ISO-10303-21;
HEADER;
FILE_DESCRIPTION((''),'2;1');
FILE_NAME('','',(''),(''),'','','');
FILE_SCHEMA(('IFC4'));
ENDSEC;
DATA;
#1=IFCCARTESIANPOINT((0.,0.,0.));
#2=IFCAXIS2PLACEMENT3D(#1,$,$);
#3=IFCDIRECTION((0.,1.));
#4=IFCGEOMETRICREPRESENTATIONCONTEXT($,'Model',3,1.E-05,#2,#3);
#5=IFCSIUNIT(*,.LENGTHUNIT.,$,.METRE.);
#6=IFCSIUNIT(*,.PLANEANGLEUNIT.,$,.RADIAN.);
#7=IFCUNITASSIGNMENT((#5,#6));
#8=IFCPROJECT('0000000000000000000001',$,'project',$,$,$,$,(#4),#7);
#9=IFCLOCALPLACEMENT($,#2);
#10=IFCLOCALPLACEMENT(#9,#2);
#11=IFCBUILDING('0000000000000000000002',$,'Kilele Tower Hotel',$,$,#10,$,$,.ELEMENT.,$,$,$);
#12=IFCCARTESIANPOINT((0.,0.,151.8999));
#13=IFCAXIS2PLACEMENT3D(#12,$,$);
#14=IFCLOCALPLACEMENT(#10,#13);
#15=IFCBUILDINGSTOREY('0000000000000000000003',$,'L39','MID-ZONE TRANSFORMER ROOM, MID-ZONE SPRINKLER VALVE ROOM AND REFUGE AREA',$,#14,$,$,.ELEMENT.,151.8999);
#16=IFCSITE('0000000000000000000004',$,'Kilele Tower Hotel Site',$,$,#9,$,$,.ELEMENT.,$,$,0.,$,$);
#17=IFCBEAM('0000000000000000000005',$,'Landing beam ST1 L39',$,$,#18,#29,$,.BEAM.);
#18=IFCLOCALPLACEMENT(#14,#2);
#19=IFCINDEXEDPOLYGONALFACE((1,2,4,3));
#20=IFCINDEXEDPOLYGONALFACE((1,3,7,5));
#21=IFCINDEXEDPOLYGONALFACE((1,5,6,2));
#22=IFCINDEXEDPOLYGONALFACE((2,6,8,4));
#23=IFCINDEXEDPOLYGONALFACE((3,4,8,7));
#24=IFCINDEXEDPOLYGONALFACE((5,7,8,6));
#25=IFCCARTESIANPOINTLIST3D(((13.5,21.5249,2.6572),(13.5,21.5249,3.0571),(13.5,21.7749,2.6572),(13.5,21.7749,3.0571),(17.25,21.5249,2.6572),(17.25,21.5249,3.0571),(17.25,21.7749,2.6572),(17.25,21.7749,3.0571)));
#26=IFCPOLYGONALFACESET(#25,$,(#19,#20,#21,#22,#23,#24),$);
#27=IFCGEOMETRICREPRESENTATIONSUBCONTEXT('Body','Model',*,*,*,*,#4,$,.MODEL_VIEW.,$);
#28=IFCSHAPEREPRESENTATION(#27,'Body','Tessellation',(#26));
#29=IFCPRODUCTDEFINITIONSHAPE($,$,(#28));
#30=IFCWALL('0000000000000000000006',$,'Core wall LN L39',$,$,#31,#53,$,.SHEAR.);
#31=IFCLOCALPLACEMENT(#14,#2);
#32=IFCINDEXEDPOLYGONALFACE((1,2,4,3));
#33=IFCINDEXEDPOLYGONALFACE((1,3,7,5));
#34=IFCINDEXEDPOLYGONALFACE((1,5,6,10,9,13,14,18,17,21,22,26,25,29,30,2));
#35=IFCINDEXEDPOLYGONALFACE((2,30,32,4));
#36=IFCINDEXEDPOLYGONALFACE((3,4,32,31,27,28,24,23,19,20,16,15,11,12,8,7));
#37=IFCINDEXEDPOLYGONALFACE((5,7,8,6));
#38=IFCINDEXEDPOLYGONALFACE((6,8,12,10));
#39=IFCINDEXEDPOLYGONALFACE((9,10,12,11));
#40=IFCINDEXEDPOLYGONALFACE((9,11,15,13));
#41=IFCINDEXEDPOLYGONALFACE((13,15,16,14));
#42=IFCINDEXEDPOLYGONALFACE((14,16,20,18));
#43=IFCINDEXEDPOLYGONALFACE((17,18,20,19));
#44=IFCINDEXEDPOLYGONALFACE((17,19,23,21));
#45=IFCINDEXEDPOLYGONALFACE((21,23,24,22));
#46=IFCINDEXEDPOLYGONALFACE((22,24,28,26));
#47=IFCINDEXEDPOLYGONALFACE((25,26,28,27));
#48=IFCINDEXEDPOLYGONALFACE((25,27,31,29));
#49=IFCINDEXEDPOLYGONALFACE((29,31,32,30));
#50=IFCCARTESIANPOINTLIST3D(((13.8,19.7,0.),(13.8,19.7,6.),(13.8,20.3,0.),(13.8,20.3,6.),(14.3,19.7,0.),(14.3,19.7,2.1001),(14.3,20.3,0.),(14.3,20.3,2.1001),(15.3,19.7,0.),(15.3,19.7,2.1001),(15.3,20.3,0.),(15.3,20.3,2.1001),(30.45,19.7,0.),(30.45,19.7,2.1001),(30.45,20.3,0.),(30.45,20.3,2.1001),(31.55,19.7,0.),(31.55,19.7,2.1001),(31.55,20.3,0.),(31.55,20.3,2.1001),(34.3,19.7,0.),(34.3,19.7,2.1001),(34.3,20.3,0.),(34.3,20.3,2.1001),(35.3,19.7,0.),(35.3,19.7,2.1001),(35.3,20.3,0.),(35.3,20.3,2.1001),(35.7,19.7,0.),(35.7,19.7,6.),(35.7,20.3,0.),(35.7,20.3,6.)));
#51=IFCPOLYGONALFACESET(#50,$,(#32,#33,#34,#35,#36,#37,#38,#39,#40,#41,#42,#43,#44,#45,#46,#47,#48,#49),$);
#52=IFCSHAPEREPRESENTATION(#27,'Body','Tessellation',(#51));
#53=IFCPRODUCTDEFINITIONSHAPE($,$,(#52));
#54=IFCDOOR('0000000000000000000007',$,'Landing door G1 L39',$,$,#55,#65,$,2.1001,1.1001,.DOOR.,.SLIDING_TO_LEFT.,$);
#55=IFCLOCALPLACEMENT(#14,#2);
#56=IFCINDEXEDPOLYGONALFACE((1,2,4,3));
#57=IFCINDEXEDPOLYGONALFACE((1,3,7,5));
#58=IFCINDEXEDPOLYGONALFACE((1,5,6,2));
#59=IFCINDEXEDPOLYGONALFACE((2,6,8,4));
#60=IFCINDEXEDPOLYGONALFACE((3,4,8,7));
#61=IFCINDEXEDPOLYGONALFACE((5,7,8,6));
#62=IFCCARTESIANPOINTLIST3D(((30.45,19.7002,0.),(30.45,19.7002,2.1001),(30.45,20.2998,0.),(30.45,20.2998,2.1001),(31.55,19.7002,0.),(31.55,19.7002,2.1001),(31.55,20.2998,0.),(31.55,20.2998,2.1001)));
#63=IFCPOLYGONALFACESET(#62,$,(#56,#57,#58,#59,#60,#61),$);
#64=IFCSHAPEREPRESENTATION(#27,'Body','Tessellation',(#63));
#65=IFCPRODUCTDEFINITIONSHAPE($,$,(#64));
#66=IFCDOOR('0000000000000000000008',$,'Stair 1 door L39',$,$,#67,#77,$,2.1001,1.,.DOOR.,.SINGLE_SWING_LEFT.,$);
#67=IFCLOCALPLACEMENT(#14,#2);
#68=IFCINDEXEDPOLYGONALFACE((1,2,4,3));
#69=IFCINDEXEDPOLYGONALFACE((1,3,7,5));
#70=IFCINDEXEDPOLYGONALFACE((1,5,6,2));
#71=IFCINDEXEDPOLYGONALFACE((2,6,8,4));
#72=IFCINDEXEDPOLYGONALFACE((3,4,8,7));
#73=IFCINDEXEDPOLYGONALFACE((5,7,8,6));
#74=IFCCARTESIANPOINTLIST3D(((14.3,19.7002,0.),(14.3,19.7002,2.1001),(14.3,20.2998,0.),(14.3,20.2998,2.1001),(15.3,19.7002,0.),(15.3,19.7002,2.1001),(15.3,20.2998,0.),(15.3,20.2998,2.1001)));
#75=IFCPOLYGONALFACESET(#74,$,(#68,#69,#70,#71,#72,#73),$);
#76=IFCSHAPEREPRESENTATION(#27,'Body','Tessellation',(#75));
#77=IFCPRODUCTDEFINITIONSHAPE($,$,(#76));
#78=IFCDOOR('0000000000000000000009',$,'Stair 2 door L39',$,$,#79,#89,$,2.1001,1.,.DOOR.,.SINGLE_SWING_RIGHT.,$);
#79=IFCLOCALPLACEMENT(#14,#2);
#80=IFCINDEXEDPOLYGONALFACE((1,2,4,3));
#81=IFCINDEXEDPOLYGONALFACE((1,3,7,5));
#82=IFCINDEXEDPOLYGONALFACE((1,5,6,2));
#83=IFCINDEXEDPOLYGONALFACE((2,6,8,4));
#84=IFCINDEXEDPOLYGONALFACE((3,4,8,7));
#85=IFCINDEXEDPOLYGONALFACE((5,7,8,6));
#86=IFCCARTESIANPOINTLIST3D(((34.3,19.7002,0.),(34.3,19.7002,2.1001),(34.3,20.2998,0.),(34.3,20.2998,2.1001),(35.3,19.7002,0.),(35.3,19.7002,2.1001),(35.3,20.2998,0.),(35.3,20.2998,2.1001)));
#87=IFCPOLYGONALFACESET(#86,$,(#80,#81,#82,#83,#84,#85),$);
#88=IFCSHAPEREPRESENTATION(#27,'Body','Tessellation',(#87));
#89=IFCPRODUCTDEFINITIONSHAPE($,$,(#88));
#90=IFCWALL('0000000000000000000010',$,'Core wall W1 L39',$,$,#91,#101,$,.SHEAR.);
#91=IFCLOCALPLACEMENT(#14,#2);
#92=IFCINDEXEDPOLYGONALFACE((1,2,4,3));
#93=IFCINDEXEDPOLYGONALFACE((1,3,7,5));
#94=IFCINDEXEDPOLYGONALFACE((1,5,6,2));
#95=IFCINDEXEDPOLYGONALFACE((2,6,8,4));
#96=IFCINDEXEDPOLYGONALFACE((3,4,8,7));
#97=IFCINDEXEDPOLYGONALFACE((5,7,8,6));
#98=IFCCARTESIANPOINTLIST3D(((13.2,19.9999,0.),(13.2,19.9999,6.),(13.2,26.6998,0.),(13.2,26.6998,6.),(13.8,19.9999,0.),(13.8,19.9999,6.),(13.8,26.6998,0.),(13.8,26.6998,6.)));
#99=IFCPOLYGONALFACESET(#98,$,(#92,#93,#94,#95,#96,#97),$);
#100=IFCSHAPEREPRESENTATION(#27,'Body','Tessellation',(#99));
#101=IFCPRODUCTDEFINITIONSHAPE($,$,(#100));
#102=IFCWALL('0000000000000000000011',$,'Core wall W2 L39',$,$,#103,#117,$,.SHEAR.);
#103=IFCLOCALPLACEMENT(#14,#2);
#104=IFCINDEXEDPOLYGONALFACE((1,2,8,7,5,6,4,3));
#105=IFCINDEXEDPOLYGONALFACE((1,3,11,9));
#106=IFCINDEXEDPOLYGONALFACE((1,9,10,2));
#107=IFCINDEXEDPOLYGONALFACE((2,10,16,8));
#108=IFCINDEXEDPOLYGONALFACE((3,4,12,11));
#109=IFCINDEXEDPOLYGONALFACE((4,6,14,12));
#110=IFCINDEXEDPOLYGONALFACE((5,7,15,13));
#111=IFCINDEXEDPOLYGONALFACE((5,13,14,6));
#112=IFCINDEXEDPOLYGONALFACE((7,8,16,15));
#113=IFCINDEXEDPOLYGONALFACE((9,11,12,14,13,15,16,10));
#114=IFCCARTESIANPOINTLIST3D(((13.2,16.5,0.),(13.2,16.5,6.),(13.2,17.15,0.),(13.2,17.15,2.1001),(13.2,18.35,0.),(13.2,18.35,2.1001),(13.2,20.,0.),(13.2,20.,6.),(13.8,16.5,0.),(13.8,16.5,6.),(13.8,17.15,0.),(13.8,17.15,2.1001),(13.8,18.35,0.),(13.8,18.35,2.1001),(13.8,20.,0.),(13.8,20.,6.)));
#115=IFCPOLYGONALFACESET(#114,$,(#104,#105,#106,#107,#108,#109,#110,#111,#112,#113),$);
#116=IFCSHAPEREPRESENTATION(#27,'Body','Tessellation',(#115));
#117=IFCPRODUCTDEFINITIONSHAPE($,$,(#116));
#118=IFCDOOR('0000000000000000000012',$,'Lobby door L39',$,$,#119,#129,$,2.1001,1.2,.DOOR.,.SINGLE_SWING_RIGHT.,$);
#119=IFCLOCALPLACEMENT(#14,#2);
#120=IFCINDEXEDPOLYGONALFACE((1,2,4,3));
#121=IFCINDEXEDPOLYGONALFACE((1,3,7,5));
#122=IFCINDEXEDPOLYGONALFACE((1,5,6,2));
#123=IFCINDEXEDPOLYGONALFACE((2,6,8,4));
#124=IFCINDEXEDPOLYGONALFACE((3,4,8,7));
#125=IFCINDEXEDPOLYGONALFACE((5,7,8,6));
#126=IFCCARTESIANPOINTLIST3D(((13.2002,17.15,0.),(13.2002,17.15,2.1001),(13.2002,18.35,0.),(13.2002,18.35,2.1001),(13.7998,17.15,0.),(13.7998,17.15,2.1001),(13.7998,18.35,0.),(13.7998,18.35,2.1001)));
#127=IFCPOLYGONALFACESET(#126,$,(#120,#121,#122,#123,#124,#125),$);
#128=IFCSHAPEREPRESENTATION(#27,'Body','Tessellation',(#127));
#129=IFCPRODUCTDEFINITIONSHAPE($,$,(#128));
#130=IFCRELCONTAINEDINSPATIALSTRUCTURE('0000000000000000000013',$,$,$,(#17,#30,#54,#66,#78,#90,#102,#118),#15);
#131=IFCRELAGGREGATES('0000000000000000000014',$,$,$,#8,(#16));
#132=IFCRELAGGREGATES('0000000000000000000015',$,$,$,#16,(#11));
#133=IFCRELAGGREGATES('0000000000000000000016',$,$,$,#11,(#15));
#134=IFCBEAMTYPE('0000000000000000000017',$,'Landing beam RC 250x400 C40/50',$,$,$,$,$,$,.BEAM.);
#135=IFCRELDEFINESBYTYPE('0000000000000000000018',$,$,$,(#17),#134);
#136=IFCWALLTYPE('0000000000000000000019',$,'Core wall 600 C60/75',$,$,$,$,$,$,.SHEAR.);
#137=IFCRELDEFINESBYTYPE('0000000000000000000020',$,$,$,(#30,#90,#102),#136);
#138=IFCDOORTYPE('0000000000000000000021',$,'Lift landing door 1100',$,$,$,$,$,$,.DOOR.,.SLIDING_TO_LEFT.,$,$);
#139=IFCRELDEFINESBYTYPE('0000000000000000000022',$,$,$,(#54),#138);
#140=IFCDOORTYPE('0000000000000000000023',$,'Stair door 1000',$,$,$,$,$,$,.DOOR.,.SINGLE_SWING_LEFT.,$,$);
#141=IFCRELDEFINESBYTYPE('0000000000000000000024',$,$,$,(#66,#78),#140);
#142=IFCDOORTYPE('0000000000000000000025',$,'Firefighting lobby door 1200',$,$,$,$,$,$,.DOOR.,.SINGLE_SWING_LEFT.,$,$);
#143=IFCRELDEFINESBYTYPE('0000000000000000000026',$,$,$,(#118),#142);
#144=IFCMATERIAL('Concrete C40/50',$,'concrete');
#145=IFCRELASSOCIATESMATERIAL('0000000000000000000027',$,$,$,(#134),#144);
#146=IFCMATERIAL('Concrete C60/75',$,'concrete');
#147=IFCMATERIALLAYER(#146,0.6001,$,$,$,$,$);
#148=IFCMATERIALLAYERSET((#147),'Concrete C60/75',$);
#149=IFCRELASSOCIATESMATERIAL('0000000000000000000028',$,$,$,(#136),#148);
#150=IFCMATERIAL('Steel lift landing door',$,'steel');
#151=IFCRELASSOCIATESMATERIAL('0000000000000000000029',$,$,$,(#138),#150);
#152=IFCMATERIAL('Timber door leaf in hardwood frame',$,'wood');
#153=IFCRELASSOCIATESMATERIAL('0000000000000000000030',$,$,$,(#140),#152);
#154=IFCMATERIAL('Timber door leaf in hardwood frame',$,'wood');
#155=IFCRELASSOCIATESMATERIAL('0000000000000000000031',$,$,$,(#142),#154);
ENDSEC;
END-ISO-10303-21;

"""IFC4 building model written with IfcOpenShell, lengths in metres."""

from ifc_helpers import new_model, si_unit, direction, frame, frame_2d, origin, origin_2d, place, context, subcontext, project, spatial, rectangle, extrude, material, layer, layer_set, material_profile, profile_set, type_object, element, fill, save


model = new_model("IFC4")

# Units and contexts
model_context = context("Model", 3, precision=1e-05, world=origin(), true_north=direction((0.0, 1.0)))
body_context = subcontext(model_context, "Body", "Model", "MODEL_VIEW")
ifc_project = project(units=[si_unit("LENGTHUNIT", "METRE"), si_unit("PLANEANGLEUNIT", "RADIAN")], contexts=[model_context])

# Site, building, storey
site_placement = place(None, origin())
site = spatial("IfcSite", under=ifc_project, at=site_placement, Name="Kilele Tower Hotel Site", CompositionType="ELEMENT", RefElevation=0.0)
building_placement = place(site_placement, origin())
building = spatial("IfcBuilding", under=site, at=building_placement, Name="Kilele Tower Hotel", CompositionType="ELEMENT")
storey_placement = place(building_placement, frame((0.0, 0.0, 151.8999)))
storey = spatial("IfcBuildingStorey", under=building, at=storey_placement, Name="L39", Description="MID-ZONE TRANSFORMER ROOM, MID-ZONE SPRINKLER VALVE ROOM AND REFUGE AREA", CompositionType="ELEMENT", Elevation=151.8999)

# Beam
ifc_material_1 = material(Name="Concrete C40/50", Category="concrete")
ifc_material_profile = material_profile(ifc_material_1, rectangle(XDim=0.25, YDim=0.3999, at=origin_2d()))
ifc_profile_set = profile_set([ifc_material_profile], Name="Concrete C40/50")
beam_type = type_object("IfcBeamType", Name="Landing beam RC 250x400 C40/50", PredefinedType="BEAM", material=ifc_profile_set)
beam_placement = place(storey_placement, frame((13.5, 21.6499, 2.8572), z_axis=(1.0, 0.0, 0.0), x_axis=(0.0, 1.0, 0.0)))
element("IfcBeam", 1, at=beam_placement, inside=storey, type_object=beam_type, Name="Landing beam ST1 L39", PredefinedType="BEAM", context=body_context, shape_type="SweptSolid", body=[
    extrude(rectangle(XDim=0.25, YDim=0.3999, at=origin_2d()), origin(), (0.0, 0.0, 1.0), 3.75),
])

# Wall, openings, doors
ifc_material_2 = material(Name="Concrete C60/75", Category="concrete")
ifc_layer_1 = layer(ifc_material_2, 0.6001)
ifc_layer_set_1 = layer_set([ifc_layer_1], Name="Concrete C60/75")
wall_type_1 = type_object("IfcWallType", Name="Core wall 600 C60/75", PredefinedType="SHEAR", material=ifc_layer_set_1)
wall_1_placement = place(storey_placement, frame((13.8, 20.0, 0.0), z_axis=(0.0, 0.0, 1.0), x_axis=(1.0, 0.0, 0.0)))
wall_1 = element("IfcWall", 2, at=wall_1_placement, inside=storey, type_object=wall_type_1, Name="Core wall LN L39", PredefinedType="SHEAR", context=body_context, shape_type="SweptSolid", body=[
    extrude(rectangle(XDim=21.8999, YDim=0.6001, at=frame_2d((10.95, 0.0))), origin(), (0.0, 0.0, 1.0), 6.0),
])
opening_1_placement = place(wall_1_placement, frame((0.5, 0.0, 0.0)))
opening_1 = element("IfcOpeningElement", 3, at=opening_1_placement, cuts=wall_1, PredefinedType="OPENING", context=body_context, shape_type="SweptSolid", body=[
    extrude(rectangle(XDim=1.0, YDim=2.1001, at=frame_2d((0.5, 1.05))), frame((0.0, 0.3101, 0.0), z_axis=(0.0, -1.0, 0.0), x_axis=(1.0, 0.0, 0.0)), (0.0, 0.0, 1.0), 0.6201),
])
opening_2_placement = place(wall_1_placement, frame((20.5, 0.0, 0.0)))
opening_2 = element("IfcOpeningElement", 4, at=opening_2_placement, cuts=wall_1, PredefinedType="OPENING", context=body_context, shape_type="SweptSolid", body=[
    extrude(rectangle(XDim=1.0, YDim=2.1001, at=frame_2d((0.5, 1.05))), frame((0.0, 0.3101, 0.0), z_axis=(0.0, -1.0, 0.0), x_axis=(1.0, 0.0, 0.0)), (0.0, 0.0, 1.0), 0.6201),
])
opening_3_placement = place(wall_1_placement, frame((16.6499, 0.0, 0.0)))
opening_3 = element("IfcOpeningElement", 5, at=opening_3_placement, cuts=wall_1, PredefinedType="OPENING", context=body_context, shape_type="SweptSolid", body=[
    extrude(rectangle(XDim=1.1001, YDim=2.1001, at=frame_2d((0.55, 1.05))), frame((0.0, 0.3101, 0.0), z_axis=(0.0, -1.0, 0.0), x_axis=(1.0, 0.0, 0.0)), (0.0, 0.0, 1.0), 0.6201),
])
ifc_material_3 = material(Name="Steel lift landing door", Category="steel")
door_type_1 = type_object("IfcDoorType", Name="Lift landing door 1100", OperationType="SLIDING_TO_LEFT", PredefinedType="DOOR", material=ifc_material_3)
door_1_placement = place(opening_3_placement, origin())
door_1 = element("IfcDoor", 6, at=door_1_placement, inside=storey, type_object=door_type_1, Name="Landing door G1 L39", OperationType="SLIDING_TO_LEFT", OverallHeight=2.1001, OverallWidth=1.1001, PredefinedType="DOOR", context=body_context, shape_type="SweptSolid", body=[
    extrude(rectangle(XDim=1.1001, YDim=2.1001, at=frame_2d((0.55, 1.05))), frame((0.0, 0.2998, 0.0), z_axis=(0.0, -1.0, 0.0), x_axis=(1.0, 0.0, 0.0)), (0.0, 0.0, 1.0), 0.5996),
])
fill(opening_3, door_1)
ifc_material_4 = material(Name="Timber door leaf in hardwood frame", Category="wood")
door_type_2 = type_object("IfcDoorType", Name="Stair door 1000", OperationType="SINGLE_SWING_LEFT", PredefinedType="DOOR", material=ifc_material_4)
door_2_placement = place(opening_1_placement, origin())
door_2 = element("IfcDoor", 7, at=door_2_placement, inside=storey, type_object=door_type_2, Name="Stair 1 door L39", OperationType="SINGLE_SWING_LEFT", OverallHeight=2.1001, OverallWidth=1.0, PredefinedType="DOOR", context=body_context, shape_type="SweptSolid", body=[
    extrude(rectangle(XDim=1.0, YDim=2.1001, at=frame_2d((0.5, 1.05))), frame((0.0, 0.2998, 0.0), z_axis=(0.0, -1.0, 0.0), x_axis=(1.0, 0.0, 0.0)), (0.0, 0.0, 1.0), 0.5996),
])
fill(opening_1, door_2)
door_3_placement = place(opening_2_placement, origin())
door_3 = element("IfcDoor", 8, at=door_3_placement, inside=storey, type_object=door_type_2, Name="Stair 2 door L39", OperationType="SINGLE_SWING_RIGHT", OverallHeight=2.1001, OverallWidth=1.0, PredefinedType="DOOR", context=body_context, shape_type="SweptSolid", body=[
    extrude(rectangle(XDim=1.0, YDim=2.1001, at=frame_2d((0.5, 1.05))), frame((0.0, 0.2998, 0.0), z_axis=(0.0, -1.0, 0.0), x_axis=(1.0, 0.0, 0.0)), (0.0, 0.0, 1.0), 0.5996),
])
fill(opening_2, door_3)

# Wall
wall_2_placement = place(storey_placement, frame((13.5, 26.7, 0.0), z_axis=(0.0, 0.0, 1.0), x_axis=(0.0, -1.0, 0.0)))
element("IfcWall", 9, at=wall_2_placement, inside=storey, type_object=wall_type_1, Name="Core wall W1 L39", PredefinedType="SHEAR", context=body_context, shape_type="SweptSolid", body=[
    extrude(rectangle(XDim=6.7, YDim=0.6001, at=frame_2d((3.3501, 0.0))), origin(), (0.0, 0.0, 1.0), 6.0),
])

# Wall, opening, door
wall_3_placement = place(storey_placement, frame((13.5, 20.0, 0.0), z_axis=(0.0, 0.0, 1.0), x_axis=(0.0, -1.0, 0.0)))
wall_3 = element("IfcWall", 10, at=wall_3_placement, inside=storey, type_object=wall_type_1, Name="Core wall W2 L39", PredefinedType="SHEAR", context=body_context, shape_type="SweptSolid", body=[
    extrude(rectangle(XDim=3.5, YDim=0.6001, at=frame_2d((1.75, 0.0))), origin(), (0.0, 0.0, 1.0), 6.0),
])
opening_4_placement = place(wall_3_placement, frame((1.6499, 0.0, 0.0)))
opening_4 = element("IfcOpeningElement", 11, at=opening_4_placement, cuts=wall_3, PredefinedType="OPENING", context=body_context, shape_type="SweptSolid", body=[
    extrude(rectangle(XDim=1.2, YDim=2.1001, at=frame_2d((0.6001, 1.05))), frame((0.0, 0.3101, 0.0), z_axis=(0.0, -1.0, 0.0), x_axis=(1.0, 0.0, 0.0)), (0.0, 0.0, 1.0), 0.6201),
])
ifc_material_5 = material(Name="Timber door leaf in hardwood frame", Category="wood")
door_type_3 = type_object("IfcDoorType", Name="Firefighting lobby door 1200", OperationType="SINGLE_SWING_LEFT", PredefinedType="DOOR", material=ifc_material_5)
door_4_placement = place(opening_4_placement, origin())
door_4 = element("IfcDoor", 12, at=door_4_placement, inside=storey, type_object=door_type_3, Name="Lobby door L39", OperationType="SINGLE_SWING_RIGHT", OverallHeight=2.1001, OverallWidth=1.2, PredefinedType="DOOR", context=body_context, shape_type="SweptSolid", body=[
    extrude(rectangle(XDim=1.2, YDim=2.1001, at=frame_2d((0.6001, 1.05))), frame((0.0, 0.2998, 0.0), z_axis=(0.0, -1.0, 0.0), x_axis=(1.0, 0.0, 0.0)), (0.0, 0.0, 1.0), 0.5996),
])
fill(opening_4, door_4)

save(model, "model.ifc")
